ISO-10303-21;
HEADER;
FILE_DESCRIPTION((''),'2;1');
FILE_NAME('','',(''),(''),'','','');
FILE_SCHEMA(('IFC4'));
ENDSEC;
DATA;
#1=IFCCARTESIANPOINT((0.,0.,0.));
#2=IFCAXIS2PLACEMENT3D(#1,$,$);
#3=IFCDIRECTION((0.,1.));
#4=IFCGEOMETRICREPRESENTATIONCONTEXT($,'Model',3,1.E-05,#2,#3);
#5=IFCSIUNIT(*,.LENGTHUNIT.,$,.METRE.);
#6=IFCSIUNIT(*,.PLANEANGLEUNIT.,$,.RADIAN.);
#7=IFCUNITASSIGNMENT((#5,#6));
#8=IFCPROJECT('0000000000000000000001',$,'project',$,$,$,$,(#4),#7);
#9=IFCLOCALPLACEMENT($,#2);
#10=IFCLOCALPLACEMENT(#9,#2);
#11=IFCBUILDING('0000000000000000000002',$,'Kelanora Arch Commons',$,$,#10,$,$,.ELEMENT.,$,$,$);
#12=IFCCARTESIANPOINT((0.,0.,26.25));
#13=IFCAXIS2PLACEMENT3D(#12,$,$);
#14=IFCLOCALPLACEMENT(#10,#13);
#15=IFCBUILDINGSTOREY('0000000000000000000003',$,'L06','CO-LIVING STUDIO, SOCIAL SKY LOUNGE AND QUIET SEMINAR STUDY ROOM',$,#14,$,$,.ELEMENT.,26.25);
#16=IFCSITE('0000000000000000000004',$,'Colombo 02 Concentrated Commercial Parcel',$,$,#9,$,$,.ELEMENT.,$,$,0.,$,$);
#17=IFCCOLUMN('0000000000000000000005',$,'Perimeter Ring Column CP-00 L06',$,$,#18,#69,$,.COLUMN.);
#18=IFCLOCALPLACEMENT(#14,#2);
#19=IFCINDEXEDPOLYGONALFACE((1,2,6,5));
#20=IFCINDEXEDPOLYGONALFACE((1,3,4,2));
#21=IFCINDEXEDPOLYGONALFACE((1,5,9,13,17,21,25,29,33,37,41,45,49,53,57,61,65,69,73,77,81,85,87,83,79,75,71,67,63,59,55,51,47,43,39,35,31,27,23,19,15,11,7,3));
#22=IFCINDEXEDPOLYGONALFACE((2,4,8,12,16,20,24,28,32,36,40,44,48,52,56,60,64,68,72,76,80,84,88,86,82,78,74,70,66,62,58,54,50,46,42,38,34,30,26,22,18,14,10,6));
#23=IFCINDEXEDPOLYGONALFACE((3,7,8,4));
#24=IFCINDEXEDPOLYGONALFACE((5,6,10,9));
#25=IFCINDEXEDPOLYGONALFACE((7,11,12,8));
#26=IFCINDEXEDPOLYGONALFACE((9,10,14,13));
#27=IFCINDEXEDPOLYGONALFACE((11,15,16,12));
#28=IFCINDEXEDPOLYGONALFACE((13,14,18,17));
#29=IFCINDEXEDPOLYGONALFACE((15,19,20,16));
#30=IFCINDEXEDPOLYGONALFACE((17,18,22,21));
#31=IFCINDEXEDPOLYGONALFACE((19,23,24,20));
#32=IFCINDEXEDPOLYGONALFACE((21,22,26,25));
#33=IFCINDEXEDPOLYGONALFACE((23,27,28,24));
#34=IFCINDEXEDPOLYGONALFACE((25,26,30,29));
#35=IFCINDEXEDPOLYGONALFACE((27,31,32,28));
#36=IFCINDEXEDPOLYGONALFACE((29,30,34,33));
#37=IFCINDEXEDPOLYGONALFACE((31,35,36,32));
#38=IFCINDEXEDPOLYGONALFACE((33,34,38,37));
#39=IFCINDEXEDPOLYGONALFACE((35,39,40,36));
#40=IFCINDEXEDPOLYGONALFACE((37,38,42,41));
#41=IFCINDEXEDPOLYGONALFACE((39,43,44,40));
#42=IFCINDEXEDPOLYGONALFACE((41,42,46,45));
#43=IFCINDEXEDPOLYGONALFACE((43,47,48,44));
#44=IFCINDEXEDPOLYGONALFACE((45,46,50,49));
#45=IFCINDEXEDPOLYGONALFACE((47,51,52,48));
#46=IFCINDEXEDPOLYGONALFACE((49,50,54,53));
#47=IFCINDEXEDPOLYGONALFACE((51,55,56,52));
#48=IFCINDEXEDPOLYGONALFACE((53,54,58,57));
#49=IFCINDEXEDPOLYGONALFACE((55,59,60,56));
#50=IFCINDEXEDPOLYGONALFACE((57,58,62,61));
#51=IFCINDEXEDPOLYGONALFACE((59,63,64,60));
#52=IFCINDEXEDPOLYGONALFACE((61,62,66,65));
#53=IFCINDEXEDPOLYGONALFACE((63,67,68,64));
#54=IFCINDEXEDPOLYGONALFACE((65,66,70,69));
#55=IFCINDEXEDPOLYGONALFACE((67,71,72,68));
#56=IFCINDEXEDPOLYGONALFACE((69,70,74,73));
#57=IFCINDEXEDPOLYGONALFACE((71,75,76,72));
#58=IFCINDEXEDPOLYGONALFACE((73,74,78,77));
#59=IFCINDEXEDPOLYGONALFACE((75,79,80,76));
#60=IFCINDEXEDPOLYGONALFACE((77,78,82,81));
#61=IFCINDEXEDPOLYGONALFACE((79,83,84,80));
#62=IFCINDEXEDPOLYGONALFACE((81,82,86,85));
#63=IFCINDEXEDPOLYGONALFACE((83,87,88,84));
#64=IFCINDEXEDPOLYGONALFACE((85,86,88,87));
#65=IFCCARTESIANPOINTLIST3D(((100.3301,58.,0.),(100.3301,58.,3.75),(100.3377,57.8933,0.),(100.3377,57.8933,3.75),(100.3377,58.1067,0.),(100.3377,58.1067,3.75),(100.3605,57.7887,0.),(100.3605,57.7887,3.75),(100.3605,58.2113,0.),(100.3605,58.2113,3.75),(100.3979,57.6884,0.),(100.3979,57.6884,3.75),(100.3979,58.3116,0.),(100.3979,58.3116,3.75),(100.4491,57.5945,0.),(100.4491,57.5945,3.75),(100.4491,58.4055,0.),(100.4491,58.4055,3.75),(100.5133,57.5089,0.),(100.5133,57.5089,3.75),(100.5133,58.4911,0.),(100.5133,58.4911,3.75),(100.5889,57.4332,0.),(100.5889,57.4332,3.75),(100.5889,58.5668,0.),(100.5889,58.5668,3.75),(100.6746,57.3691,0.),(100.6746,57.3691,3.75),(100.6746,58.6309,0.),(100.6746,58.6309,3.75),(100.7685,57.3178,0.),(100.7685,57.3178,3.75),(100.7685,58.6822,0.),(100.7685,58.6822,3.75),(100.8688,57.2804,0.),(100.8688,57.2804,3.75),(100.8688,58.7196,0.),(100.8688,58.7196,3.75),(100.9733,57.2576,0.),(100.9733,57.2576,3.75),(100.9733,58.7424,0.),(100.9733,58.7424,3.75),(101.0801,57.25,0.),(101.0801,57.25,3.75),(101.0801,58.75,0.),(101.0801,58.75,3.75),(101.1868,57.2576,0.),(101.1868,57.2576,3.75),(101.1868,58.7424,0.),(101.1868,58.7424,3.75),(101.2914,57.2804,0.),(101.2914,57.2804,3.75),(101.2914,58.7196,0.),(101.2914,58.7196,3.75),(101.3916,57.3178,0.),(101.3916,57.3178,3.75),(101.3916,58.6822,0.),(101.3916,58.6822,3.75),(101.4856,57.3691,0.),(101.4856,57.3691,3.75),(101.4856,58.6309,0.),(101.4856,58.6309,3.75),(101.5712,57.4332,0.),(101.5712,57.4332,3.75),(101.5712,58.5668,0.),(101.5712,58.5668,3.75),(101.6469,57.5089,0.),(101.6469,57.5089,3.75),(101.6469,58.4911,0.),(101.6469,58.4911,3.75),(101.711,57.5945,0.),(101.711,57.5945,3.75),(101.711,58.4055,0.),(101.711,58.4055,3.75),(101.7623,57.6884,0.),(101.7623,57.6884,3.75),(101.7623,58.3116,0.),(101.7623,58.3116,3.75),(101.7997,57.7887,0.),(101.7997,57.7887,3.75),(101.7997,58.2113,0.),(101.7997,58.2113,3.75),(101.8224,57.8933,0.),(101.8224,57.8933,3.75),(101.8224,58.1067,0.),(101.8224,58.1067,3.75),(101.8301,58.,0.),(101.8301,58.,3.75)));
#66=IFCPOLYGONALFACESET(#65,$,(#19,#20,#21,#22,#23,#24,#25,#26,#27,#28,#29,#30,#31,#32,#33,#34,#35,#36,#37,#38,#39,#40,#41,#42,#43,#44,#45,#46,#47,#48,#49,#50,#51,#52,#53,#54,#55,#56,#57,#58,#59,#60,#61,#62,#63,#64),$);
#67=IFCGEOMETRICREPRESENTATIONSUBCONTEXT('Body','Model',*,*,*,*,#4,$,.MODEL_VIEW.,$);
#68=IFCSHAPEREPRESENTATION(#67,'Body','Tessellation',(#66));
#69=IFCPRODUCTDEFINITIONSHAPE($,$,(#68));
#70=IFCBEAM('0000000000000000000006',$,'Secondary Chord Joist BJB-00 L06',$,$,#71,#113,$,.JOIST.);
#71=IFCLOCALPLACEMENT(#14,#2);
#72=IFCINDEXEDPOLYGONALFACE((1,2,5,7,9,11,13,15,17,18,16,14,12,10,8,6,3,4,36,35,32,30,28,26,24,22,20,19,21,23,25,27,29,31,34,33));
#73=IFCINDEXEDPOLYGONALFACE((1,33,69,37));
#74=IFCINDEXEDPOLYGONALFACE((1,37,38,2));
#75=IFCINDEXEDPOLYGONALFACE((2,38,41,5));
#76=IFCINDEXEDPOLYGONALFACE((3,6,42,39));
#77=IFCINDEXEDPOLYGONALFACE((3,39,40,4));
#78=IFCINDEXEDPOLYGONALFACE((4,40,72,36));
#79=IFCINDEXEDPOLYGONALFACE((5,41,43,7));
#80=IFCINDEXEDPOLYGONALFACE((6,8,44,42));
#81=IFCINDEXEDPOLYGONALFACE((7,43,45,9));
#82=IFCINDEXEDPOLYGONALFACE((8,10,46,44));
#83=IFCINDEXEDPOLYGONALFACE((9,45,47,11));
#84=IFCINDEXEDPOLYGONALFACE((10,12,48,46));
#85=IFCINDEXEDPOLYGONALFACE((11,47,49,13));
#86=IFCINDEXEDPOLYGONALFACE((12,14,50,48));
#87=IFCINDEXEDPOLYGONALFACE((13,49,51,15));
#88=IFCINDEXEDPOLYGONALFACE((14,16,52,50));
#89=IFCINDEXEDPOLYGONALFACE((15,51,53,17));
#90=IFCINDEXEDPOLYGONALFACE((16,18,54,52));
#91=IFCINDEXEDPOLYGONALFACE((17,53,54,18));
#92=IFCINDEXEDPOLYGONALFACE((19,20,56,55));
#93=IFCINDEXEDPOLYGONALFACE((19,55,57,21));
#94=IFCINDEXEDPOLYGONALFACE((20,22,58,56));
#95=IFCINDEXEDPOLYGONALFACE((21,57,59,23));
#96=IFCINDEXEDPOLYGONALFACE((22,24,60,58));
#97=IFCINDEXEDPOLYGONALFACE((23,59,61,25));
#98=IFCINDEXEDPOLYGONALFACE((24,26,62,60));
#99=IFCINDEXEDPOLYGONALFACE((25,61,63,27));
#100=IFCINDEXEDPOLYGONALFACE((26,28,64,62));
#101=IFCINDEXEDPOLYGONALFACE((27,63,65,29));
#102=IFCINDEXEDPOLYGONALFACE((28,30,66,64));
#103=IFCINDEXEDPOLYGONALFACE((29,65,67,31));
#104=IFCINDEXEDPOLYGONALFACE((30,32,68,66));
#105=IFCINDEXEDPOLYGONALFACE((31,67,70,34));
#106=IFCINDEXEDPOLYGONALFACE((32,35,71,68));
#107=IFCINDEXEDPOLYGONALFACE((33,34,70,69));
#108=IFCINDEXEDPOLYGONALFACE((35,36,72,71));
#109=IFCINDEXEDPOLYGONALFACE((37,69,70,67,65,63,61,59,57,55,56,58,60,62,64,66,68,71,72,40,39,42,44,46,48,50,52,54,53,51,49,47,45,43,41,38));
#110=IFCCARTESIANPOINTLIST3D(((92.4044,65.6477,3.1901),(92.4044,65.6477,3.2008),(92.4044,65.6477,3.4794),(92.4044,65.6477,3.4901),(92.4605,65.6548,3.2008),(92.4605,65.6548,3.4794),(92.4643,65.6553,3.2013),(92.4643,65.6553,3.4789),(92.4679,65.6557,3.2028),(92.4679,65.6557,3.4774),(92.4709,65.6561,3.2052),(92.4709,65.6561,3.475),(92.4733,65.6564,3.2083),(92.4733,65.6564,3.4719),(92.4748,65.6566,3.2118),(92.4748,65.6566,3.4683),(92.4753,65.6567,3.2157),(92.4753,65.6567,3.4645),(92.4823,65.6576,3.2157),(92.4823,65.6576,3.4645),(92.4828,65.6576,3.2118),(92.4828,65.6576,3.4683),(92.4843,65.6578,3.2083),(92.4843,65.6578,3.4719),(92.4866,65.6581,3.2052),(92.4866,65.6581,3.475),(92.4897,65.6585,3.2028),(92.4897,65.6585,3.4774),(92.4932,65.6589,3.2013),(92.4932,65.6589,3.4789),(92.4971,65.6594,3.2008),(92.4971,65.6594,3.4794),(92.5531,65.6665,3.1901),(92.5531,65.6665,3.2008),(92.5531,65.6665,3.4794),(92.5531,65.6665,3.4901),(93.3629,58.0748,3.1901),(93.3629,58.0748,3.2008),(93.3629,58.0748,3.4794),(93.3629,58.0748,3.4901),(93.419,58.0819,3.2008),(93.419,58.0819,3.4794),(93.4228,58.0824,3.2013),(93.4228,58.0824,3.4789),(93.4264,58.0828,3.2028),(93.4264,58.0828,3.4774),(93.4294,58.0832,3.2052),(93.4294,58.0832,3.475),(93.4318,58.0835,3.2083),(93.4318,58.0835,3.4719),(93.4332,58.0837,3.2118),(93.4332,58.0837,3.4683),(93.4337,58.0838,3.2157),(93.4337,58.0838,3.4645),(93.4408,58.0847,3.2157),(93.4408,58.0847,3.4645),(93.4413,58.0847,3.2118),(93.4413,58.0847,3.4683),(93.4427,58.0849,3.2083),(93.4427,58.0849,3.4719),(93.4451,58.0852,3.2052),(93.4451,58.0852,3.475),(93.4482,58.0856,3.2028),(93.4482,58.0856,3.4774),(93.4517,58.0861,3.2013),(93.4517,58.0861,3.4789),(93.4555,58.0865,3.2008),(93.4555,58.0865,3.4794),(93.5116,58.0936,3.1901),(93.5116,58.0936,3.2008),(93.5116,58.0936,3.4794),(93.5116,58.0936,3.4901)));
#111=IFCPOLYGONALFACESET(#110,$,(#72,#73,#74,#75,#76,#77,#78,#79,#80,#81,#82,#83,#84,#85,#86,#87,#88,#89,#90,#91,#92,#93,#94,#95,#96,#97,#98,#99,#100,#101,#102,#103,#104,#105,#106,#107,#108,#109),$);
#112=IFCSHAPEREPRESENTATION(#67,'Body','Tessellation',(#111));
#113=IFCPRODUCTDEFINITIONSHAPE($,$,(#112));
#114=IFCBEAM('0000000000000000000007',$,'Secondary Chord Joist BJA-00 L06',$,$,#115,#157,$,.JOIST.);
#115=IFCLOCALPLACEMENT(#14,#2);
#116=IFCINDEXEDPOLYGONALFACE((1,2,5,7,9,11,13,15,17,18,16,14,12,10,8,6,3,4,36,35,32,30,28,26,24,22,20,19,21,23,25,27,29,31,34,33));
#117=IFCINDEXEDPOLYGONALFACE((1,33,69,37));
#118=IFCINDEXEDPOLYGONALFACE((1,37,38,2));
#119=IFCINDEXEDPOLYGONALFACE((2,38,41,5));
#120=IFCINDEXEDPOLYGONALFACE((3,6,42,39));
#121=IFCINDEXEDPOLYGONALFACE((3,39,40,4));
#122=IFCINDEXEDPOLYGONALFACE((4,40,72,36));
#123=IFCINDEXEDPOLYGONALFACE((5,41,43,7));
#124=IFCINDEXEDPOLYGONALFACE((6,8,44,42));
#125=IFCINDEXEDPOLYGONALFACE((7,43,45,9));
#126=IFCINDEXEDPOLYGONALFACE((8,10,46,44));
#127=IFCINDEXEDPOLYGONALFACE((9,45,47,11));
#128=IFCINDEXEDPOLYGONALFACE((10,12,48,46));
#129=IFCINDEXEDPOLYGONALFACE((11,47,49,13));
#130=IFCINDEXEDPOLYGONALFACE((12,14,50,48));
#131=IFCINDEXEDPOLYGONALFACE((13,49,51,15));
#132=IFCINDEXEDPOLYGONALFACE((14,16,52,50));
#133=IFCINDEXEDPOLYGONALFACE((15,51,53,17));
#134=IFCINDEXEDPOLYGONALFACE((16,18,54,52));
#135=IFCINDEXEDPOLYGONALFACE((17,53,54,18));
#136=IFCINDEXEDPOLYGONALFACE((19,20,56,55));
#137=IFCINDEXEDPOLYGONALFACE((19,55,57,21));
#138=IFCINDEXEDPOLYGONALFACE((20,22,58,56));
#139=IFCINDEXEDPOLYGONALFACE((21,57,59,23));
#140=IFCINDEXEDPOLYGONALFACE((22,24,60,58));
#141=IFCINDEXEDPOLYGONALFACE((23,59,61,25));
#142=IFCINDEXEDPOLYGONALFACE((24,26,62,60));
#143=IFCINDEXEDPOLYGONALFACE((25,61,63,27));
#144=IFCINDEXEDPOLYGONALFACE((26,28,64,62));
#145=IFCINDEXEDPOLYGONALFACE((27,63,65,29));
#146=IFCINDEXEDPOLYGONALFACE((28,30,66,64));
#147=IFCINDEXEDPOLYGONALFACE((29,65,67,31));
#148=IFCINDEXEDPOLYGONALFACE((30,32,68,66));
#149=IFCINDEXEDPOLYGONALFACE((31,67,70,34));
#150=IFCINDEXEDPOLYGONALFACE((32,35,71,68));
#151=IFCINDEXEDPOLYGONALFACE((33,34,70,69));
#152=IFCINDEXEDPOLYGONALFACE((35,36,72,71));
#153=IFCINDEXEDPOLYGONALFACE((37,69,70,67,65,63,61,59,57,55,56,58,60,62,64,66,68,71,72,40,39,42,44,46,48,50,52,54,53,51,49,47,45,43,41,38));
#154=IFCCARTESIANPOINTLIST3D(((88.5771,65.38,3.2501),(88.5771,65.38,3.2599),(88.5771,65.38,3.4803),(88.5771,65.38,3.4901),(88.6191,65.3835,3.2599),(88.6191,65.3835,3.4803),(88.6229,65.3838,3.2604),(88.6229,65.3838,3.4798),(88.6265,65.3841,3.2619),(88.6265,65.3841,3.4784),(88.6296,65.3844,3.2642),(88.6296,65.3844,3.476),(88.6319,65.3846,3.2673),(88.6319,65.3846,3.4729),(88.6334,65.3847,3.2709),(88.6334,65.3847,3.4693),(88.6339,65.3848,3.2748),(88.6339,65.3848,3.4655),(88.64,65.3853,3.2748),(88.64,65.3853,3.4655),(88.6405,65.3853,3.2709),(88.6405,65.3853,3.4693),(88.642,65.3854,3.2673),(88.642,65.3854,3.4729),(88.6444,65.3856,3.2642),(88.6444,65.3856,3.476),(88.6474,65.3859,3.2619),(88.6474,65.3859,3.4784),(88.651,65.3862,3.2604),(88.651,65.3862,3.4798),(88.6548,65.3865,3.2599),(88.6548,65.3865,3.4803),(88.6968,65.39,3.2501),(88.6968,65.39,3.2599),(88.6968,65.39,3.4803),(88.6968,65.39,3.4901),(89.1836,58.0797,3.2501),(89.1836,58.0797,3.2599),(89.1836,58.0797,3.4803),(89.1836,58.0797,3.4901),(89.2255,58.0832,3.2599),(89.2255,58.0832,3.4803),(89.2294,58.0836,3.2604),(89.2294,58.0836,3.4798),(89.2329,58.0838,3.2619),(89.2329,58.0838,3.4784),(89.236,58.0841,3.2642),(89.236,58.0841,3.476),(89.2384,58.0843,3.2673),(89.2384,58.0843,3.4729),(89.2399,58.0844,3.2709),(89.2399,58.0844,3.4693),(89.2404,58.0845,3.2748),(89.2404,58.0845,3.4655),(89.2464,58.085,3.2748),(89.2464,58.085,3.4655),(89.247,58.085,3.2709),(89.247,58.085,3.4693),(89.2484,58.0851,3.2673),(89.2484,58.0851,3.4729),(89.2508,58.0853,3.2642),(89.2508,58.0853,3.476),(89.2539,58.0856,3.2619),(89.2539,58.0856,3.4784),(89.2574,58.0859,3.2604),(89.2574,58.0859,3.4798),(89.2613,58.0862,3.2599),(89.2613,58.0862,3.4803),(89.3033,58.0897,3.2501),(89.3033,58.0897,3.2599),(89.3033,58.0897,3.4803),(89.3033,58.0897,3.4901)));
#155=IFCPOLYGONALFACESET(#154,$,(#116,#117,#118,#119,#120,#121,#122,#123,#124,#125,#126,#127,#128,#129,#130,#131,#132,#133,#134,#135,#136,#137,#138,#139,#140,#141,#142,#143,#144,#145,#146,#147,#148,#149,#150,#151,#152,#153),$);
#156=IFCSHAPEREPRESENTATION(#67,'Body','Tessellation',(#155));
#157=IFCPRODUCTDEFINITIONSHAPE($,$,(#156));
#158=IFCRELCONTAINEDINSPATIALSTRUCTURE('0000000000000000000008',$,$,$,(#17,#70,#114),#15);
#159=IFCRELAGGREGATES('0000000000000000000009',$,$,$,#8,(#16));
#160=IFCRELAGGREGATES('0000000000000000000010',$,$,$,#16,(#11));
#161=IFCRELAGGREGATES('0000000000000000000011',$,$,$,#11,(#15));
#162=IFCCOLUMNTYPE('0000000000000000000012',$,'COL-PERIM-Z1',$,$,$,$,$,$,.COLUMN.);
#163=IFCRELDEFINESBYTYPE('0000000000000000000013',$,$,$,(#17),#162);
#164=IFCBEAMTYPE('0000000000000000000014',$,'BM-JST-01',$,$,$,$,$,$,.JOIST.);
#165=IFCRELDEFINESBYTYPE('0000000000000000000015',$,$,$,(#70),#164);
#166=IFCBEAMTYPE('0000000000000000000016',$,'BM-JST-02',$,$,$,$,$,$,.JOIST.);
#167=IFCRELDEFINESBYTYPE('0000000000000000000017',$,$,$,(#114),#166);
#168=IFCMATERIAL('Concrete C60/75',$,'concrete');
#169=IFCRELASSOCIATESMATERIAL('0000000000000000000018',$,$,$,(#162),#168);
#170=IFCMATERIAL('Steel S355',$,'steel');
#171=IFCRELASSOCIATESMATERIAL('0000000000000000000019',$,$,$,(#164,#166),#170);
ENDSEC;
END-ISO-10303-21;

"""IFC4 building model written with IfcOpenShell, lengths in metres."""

from ifc_helpers import new_model, si_unit, direction, frame, origin, origin_2d, place, context, subcontext, project, spatial, circle, i_section, extrude, material, material_profile, profile_set, type_object, element, save


model = new_model("IFC4")

# Units and contexts
model_context = context("Model", 3, precision=1e-05, world=origin(), true_north=direction((0.0, 1.0)))
body_context = subcontext(model_context, "Body", "Model", "MODEL_VIEW")
ifc_project = project(units=[si_unit("LENGTHUNIT", "METRE"), si_unit("PLANEANGLEUNIT", "RADIAN")], contexts=[model_context])

# Site, building, storey
site_placement = place(None, origin())
site = spatial("IfcSite", under=ifc_project, at=site_placement, Name="Colombo 02 Concentrated Commercial Parcel", CompositionType="ELEMENT", RefElevation=0.0)
building_placement = place(site_placement, origin())
building = spatial("IfcBuilding", under=site, at=building_placement, Name="Kelanora Arch Commons", CompositionType="ELEMENT")
storey_placement = place(building_placement, frame((0.0, 0.0, 26.25)))
storey = spatial("IfcBuildingStorey", under=building, at=storey_placement, Name="L06", Description="CO-LIVING STUDIO, SOCIAL SKY LOUNGE AND QUIET SEMINAR STUDY ROOM", CompositionType="ELEMENT", Elevation=26.25)

# Column
ifc_material_1 = material(Name="Concrete C60/75", Category="concrete")
ifc_material_profile_1 = material_profile(ifc_material_1, circle(Radius=0.75, at=origin_2d()), Name="RCC1500")
ifc_profile_set_1 = profile_set([ifc_material_profile_1], Name="Concrete C60/75")
column_type = type_object("IfcColumnType", Name="COL-PERIM-Z1", PredefinedType="COLUMN", material=ifc_profile_set_1)
column_placement = place(storey_placement, frame((101.0801, 58.0, 0.0), z_axis=(0.0, 0.0, 1.0), x_axis=(1.0, 0.0, 0.0)))
element("IfcColumn", 1, at=column_placement, inside=storey, type_object=column_type, Name="Perimeter Ring Column CP-00 L06", PredefinedType="COLUMN", context=body_context, shape_type="SweptSolid", body=[
    extrude(circle(Radius=0.75, at=origin_2d()), origin(), (0.0, 0.0, 1.0), 3.75),
])

# Beams
ifc_material_2 = material(Name="Steel S355", Category="steel")
ifc_material_profile_2 = material_profile(ifc_material_2, i_section(OverallWidth=0.1499, OverallDepth=0.3, WebThickness=0.0071, FlangeThickness=0.0107, FilletRadius=0.0149, at=origin_2d()), Name="IPE300")
ifc_profile_set_2 = profile_set([ifc_material_profile_2], Name="Steel S355")
beam_type_1 = type_object("IfcBeamType", Name="BM-JST-01", PredefinedType="JOIST", material=ifc_profile_set_2)
beam_1_placement = place(storey_placement, frame((93.4373, 58.0842, 3.3401), z_axis=(-0.125566, 0.992085, 0.0), x_axis=(-0.992085, -0.125566, 0.0)))
element("IfcBeam", 2, at=beam_1_placement, inside=storey, type_object=beam_type_1, Name="Secondary Chord Joist BJB-00 L06", PredefinedType="JOIST", context=body_context, shape_type="SweptSolid", body=[
    extrude(i_section(OverallWidth=0.1499, OverallDepth=0.3, WebThickness=0.0071, FlangeThickness=0.0107, FilletRadius=0.0149, at=origin_2d()), origin(), (0.0, 0.0, 1.0), 7.6333),
])
ifc_material_profile_3 = material_profile(ifc_material_2, i_section(OverallWidth=0.1201, OverallDepth=0.24, WebThickness=0.0061, FlangeThickness=0.0098, FilletRadius=0.0149, at=origin_2d()), Name="IPE240")
ifc_profile_set_3 = profile_set([ifc_material_profile_3], Name="Steel S355")
beam_type_2 = type_object("IfcBeamType", Name="BM-JST-02", PredefinedType="JOIST", material=ifc_profile_set_3)
beam_2_placement = place(storey_placement, frame((89.2434, 58.0847, 3.3701), z_axis=(-0.082786, 0.996567, 0.0), x_axis=(-0.996567, -0.082786, 0.0)))
element("IfcBeam", 3, at=beam_2_placement, inside=storey, type_object=beam_type_2, Name="Secondary Chord Joist BJA-00 L06", PredefinedType="JOIST", context=body_context, shape_type="SweptSolid", body=[
    extrude(i_section(OverallWidth=0.1201, OverallDepth=0.24, WebThickness=0.0061, FlangeThickness=0.0098, FilletRadius=0.0149, at=origin_2d()), origin(), (0.0, 0.0, 1.0), 7.3254),
])

save(model, "model.ifc")
